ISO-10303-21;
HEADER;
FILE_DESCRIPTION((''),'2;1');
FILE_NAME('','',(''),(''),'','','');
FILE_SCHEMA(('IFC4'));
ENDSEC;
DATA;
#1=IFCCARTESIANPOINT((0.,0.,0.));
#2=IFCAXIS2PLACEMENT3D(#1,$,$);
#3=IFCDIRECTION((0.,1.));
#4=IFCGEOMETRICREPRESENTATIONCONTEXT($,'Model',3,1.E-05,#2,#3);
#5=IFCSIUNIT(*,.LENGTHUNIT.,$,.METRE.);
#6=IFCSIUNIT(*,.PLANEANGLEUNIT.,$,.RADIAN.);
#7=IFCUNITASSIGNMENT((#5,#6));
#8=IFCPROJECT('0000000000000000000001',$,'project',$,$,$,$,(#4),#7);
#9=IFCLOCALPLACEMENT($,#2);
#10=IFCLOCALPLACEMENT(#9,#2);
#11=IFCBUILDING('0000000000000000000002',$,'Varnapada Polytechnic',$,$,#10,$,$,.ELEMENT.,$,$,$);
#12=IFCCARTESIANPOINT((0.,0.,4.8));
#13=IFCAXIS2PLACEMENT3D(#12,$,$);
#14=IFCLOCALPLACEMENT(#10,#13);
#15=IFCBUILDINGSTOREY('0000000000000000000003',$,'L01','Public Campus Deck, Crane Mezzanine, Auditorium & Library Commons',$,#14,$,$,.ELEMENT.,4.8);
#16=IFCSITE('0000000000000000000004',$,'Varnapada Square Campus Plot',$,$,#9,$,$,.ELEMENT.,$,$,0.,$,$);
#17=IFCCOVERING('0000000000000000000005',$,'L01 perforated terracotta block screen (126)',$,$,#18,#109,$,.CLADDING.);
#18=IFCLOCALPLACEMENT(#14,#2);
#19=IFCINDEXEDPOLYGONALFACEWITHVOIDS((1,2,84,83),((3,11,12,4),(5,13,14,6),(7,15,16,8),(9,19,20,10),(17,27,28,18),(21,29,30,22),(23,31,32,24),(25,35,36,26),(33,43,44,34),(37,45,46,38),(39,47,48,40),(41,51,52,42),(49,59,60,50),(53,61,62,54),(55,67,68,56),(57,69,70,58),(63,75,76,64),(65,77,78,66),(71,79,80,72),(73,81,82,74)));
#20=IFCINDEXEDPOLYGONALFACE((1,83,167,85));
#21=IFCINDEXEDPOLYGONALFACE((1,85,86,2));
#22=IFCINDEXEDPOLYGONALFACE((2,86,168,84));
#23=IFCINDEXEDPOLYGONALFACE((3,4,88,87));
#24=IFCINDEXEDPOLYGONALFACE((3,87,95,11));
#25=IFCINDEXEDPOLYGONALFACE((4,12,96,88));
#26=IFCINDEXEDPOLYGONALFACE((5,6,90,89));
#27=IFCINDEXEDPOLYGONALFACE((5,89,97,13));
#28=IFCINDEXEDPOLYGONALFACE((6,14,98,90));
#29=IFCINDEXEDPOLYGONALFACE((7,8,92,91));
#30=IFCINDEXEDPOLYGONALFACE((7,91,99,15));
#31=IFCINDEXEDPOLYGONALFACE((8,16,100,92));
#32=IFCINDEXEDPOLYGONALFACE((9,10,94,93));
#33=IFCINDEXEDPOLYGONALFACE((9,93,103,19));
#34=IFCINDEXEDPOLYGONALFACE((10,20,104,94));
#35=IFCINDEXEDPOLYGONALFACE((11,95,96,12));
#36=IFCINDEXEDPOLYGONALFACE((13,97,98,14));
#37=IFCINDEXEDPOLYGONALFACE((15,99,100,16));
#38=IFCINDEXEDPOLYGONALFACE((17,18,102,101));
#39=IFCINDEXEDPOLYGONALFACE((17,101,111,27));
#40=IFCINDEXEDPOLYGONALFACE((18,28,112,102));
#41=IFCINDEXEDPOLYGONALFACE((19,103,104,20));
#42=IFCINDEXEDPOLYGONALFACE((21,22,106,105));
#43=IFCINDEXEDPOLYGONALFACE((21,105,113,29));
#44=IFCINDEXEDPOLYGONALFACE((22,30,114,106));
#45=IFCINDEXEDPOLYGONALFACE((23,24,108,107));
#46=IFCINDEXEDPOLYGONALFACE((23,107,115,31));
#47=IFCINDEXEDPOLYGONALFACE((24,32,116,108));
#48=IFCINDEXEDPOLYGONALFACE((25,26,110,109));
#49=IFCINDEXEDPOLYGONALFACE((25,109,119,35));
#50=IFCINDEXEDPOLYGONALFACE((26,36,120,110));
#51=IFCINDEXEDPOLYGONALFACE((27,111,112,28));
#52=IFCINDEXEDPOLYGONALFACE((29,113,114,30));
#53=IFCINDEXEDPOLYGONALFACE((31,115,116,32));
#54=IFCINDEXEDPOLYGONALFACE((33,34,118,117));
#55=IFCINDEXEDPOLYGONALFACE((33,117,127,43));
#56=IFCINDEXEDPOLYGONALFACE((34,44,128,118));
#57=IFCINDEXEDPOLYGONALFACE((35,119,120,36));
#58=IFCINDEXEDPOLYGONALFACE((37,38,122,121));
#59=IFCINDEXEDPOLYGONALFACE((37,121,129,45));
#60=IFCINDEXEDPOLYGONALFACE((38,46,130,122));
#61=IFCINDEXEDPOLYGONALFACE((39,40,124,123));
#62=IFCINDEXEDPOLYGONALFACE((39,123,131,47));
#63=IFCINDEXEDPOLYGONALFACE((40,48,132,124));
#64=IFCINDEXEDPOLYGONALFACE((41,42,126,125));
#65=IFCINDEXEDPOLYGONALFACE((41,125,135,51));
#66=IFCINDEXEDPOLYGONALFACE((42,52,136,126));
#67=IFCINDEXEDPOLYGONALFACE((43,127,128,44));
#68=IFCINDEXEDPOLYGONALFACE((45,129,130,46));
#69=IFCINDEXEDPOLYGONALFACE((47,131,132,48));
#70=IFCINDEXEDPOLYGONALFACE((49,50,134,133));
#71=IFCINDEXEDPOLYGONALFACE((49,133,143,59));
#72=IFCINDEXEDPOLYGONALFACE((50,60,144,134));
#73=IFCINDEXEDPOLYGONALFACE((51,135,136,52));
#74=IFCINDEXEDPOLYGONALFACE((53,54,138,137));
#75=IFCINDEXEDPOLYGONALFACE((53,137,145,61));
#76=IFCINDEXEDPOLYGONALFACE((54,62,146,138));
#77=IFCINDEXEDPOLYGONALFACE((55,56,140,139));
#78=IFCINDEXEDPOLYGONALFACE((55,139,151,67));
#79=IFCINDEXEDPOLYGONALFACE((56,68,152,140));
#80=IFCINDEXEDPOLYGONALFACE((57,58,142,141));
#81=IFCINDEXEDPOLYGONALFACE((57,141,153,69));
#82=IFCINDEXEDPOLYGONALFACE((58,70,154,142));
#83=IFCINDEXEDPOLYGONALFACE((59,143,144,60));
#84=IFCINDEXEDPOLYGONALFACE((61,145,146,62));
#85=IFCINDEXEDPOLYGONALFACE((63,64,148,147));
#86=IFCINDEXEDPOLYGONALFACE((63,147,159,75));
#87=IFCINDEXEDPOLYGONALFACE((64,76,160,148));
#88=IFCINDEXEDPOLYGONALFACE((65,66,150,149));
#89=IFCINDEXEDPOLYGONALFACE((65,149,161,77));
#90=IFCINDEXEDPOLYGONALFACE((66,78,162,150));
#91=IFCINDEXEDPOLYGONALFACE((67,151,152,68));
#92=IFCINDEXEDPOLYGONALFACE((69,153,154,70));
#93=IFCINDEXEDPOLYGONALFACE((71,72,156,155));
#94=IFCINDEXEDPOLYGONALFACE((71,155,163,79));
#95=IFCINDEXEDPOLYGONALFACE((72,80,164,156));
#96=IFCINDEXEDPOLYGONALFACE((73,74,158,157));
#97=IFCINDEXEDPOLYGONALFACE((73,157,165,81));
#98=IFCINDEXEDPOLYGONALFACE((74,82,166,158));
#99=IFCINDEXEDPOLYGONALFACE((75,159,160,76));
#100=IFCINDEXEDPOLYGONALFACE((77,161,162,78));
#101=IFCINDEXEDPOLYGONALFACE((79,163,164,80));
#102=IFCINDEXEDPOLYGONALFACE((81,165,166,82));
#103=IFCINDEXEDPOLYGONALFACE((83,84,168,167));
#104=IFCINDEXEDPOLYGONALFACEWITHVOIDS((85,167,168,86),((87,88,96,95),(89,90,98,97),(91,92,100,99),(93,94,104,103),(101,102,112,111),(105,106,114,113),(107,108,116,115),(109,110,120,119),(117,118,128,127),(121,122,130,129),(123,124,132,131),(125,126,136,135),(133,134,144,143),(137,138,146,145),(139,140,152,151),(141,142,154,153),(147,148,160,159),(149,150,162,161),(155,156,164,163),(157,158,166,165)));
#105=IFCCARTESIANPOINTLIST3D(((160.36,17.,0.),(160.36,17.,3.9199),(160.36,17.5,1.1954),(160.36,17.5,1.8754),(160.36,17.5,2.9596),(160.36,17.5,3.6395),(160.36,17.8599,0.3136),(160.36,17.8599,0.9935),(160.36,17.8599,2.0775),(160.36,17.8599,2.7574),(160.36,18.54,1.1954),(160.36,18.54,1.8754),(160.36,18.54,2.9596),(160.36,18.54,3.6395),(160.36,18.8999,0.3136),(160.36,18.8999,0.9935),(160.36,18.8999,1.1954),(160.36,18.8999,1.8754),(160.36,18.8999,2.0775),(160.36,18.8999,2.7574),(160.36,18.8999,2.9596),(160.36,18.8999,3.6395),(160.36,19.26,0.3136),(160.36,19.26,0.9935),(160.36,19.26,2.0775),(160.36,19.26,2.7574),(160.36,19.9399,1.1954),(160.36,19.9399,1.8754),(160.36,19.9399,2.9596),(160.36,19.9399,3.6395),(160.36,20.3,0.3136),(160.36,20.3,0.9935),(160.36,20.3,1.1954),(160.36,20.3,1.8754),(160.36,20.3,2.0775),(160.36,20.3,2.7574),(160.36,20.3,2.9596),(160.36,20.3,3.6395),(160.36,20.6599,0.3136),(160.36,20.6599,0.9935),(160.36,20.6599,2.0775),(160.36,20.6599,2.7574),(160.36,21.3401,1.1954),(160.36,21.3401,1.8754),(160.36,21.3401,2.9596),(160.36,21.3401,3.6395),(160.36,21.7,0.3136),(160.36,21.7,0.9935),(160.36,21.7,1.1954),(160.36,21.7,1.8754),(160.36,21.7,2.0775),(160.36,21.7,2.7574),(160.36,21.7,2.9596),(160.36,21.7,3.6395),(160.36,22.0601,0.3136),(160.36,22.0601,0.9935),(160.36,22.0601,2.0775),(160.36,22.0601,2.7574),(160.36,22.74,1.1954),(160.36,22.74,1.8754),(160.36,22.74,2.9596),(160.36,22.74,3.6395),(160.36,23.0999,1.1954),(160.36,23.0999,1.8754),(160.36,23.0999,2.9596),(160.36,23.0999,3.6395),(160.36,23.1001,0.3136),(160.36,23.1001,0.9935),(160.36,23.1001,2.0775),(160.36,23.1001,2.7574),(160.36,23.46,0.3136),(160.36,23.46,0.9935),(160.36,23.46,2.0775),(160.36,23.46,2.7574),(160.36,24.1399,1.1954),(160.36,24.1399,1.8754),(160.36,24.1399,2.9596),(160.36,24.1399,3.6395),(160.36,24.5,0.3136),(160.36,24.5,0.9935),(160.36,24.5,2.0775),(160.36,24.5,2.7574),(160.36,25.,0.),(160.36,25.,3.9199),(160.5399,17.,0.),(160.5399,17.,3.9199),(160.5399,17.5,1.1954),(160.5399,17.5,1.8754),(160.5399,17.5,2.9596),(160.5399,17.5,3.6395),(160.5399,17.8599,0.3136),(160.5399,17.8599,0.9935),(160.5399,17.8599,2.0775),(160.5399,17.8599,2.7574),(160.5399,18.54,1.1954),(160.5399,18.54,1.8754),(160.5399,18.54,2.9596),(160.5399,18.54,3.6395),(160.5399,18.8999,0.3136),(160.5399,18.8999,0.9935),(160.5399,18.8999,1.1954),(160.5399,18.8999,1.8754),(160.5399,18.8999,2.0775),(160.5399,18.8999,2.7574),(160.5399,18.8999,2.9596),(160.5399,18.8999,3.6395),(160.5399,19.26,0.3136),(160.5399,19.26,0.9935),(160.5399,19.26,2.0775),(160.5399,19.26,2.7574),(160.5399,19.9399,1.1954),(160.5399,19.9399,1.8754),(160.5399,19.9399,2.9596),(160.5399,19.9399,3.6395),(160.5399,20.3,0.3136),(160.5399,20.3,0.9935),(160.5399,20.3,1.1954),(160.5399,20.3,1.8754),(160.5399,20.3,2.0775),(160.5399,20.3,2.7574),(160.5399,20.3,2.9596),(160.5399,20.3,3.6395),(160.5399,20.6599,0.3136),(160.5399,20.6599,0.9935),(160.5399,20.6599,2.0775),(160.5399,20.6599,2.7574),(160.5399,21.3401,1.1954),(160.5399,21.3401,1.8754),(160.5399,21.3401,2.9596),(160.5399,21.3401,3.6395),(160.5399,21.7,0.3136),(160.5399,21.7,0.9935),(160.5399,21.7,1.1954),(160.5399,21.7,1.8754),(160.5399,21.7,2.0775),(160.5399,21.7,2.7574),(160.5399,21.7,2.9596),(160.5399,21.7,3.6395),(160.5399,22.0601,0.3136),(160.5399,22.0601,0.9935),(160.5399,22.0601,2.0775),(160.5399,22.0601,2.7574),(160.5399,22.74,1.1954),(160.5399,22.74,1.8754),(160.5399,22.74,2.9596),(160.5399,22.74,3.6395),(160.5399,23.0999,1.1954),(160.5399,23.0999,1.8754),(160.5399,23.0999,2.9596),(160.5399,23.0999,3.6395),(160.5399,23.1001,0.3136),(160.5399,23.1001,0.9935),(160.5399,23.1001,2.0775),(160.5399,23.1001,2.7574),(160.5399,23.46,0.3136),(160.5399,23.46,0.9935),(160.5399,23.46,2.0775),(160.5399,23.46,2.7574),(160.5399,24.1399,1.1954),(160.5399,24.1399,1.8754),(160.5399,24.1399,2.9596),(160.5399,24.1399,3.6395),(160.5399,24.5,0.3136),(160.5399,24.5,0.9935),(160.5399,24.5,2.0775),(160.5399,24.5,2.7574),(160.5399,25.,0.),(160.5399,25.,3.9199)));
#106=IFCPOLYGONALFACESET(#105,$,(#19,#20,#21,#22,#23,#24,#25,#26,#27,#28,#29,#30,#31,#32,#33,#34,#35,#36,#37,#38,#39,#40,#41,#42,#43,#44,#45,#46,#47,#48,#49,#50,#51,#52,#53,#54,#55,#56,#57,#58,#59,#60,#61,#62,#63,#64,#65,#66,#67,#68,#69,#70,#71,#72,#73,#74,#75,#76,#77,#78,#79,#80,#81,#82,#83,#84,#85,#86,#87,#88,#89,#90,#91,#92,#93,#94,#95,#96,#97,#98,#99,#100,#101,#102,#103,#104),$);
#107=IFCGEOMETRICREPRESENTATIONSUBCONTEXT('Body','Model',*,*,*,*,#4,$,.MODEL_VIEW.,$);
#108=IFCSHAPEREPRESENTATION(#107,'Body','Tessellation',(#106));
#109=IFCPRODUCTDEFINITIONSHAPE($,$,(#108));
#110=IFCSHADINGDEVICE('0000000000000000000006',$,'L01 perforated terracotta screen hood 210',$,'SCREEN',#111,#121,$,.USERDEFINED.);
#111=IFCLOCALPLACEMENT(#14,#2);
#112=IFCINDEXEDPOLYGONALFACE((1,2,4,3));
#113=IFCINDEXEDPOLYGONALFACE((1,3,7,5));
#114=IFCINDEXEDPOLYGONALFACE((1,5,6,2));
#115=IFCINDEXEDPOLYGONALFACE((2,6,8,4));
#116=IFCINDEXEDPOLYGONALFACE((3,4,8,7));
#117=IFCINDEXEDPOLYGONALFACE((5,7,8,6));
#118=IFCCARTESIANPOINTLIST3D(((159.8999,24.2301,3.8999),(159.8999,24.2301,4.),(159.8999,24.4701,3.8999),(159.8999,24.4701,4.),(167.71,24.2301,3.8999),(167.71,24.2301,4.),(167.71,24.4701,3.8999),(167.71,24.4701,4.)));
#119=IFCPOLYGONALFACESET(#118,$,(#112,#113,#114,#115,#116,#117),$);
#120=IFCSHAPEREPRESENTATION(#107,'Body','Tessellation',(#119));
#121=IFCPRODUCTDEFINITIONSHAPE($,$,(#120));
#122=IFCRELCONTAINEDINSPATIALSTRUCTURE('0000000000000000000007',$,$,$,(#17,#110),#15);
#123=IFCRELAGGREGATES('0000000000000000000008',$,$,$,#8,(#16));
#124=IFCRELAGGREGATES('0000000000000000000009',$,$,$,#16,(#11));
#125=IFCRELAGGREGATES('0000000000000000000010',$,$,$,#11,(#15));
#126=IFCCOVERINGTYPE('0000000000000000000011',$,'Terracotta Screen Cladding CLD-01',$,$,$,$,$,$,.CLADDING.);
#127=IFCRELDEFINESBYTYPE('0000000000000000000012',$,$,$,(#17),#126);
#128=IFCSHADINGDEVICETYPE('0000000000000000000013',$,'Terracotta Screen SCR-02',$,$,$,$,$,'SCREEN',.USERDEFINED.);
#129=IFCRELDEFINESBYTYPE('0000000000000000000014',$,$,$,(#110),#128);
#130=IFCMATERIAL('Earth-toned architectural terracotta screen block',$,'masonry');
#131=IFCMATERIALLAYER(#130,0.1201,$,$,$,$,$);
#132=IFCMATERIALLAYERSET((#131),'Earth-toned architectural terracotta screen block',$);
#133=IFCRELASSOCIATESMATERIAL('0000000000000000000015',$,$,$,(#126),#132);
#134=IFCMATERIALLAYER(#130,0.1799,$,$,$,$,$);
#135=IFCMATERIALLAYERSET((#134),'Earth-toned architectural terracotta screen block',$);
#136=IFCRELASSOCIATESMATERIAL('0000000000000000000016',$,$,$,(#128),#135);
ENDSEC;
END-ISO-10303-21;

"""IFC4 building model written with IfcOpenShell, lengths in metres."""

from ifc_helpers import new_model, si_unit, direction, frame, frame_2d, origin, origin_2d, place, context, subcontext, project, spatial, rectangle, extrude, material, layer, layer_set, type_object, element, save


model = new_model("IFC4")

# Units and contexts
model_context = context("Model", 3, precision=1e-05, world=origin(), true_north=direction((0.0, 1.0)))
body_context = subcontext(model_context, "Body", "Model", "MODEL_VIEW")
ifc_project = project(units=[si_unit("LENGTHUNIT", "METRE"), si_unit("PLANEANGLEUNIT", "RADIAN")], contexts=[model_context])

# Site, building, storey
site_placement = place(None, origin())
site = spatial("IfcSite", under=ifc_project, at=site_placement, Name="Varnapada Square Campus Plot", CompositionType="ELEMENT", RefElevation=0.0)
building_placement = place(site_placement, origin())
building = spatial("IfcBuilding", under=site, at=building_placement, Name="Varnapada Polytechnic", CompositionType="ELEMENT")
storey_placement = place(building_placement, frame((0.0, 0.0, 4.8)))
storey = spatial("IfcBuildingStorey", under=building, at=storey_placement, Name="L01", Description="Public Campus Deck, Crane Mezzanine, Auditorium & Library Commons", CompositionType="ELEMENT", Elevation=4.8)

# Covering, openings
ifc_material_1 = material(Name="Earth-toned architectural terracotta screen block", Category="masonry")
ifc_layer_1 = layer(ifc_material_1, 0.1201)
ifc_layer_set_1 = layer_set([ifc_layer_1], Name="Earth-toned architectural terracotta screen block")
covering_type = type_object("IfcCoveringType", Name="Terracotta Screen Cladding CLD-01", PredefinedType="CLADDING", material=ifc_layer_set_1)
covering_placement = place(storey_placement, frame((160.45, 25.0, 0.0), z_axis=(0.0, 0.0, 1.0), x_axis=(0.0, -1.0, 0.0)))
covering = element("IfcCovering", 1, at=covering_placement, inside=storey, type_object=covering_type, Name="L01 perforated terracotta block screen (126)", PredefinedType="CLADDING", context=body_context, shape_type="SweptSolid", body=[
    extrude(rectangle(XDim=8.0, YDim=0.1799, at=frame_2d((4.0, 0.0))), origin(), (0.0, 0.0, 1.0), 3.9199),
])
opening_1_placement = place(covering_placement, frame((0.5, 0.0, 0.3137)))
element("IfcOpeningElement", 2, at=opening_1_placement, cuts=covering, PredefinedType="OPENING", context=body_context, shape_type="SweptSolid", body=[
    extrude(rectangle(XDim=1.04, YDim=0.6799, at=frame_2d((0.52, 0.3398))), frame((0.0, 0.0999, 0.0), z_axis=(0.0, -1.0, 0.0), x_axis=(1.0, 0.0, 0.0)), (0.0, 0.0, 1.0), 0.2),
])
opening_2_placement = place(covering_placement, frame((1.8999, 0.0, 0.3137)))
element("IfcOpeningElement", 3, at=opening_2_placement, cuts=covering, PredefinedType="OPENING", context=body_context, shape_type="SweptSolid", body=[
    extrude(rectangle(XDim=1.04, YDim=0.6799, at=frame_2d((0.52, 0.3398))), frame((0.0, 0.0999, 0.0), z_axis=(0.0, -1.0, 0.0), x_axis=(1.0, 0.0, 0.0)), (0.0, 0.0, 1.0), 0.2),
])
opening_3_placement = place(covering_placement, frame((3.3, 0.0, 0.3137)))
element("IfcOpeningElement", 4, at=opening_3_placement, cuts=covering, PredefinedType="OPENING", context=body_context, shape_type="SweptSolid", body=[
    extrude(rectangle(XDim=1.04, YDim=0.6799, at=frame_2d((0.52, 0.3398))), frame((0.0, 0.0999, 0.0), z_axis=(0.0, -1.0, 0.0), x_axis=(1.0, 0.0, 0.0)), (0.0, 0.0, 1.0), 0.2),
])
opening_4_placement = place(covering_placement, frame((4.7, 0.0, 0.3137)))
element("IfcOpeningElement", 5, at=opening_4_placement, cuts=covering, PredefinedType="OPENING", context=body_context, shape_type="SweptSolid", body=[
    extrude(rectangle(XDim=1.04, YDim=0.6799, at=frame_2d((0.52, 0.3398))), frame((0.0, 0.0999, 0.0), z_axis=(0.0, -1.0, 0.0), x_axis=(1.0, 0.0, 0.0)), (0.0, 0.0, 1.0), 0.2),
])
opening_5_placement = place(covering_placement, frame((6.1001, 0.0, 0.3137)))
element("IfcOpeningElement", 6, at=opening_5_placement, cuts=covering, PredefinedType="OPENING", context=body_context, shape_type="SweptSolid", body=[
    extrude(rectangle(XDim=1.04, YDim=0.6799, at=frame_2d((0.52, 0.3398))), frame((0.0, 0.0999, 0.0), z_axis=(0.0, -1.0, 0.0), x_axis=(1.0, 0.0, 0.0)), (0.0, 0.0, 1.0), 0.2),
])
opening_6_placement = place(covering_placement, frame((0.8601, 0.0, 1.1956)))
element("IfcOpeningElement", 7, at=opening_6_placement, cuts=covering, PredefinedType="OPENING", context=body_context, shape_type="SweptSolid", body=[
    extrude(rectangle(XDim=1.04, YDim=0.6799, at=frame_2d((0.52, 0.3398))), frame((0.0, 0.0999, 0.0), z_axis=(0.0, -1.0, 0.0), x_axis=(1.0, 0.0, 0.0)), (0.0, 0.0, 1.0), 0.2),
])
opening_7_placement = place(covering_placement, frame((2.26, 0.0, 1.1956)))
element("IfcOpeningElement", 8, at=opening_7_placement, cuts=covering, PredefinedType="OPENING", context=body_context, shape_type="SweptSolid", body=[
    extrude(rectangle(XDim=1.04, YDim=0.6799, at=frame_2d((0.52, 0.3398))), frame((0.0, 0.0999, 0.0), z_axis=(0.0, -1.0, 0.0), x_axis=(1.0, 0.0, 0.0)), (0.0, 0.0, 1.0), 0.2),
])
opening_8_placement = place(covering_placement, frame((3.6599, 0.0, 1.1956)))
element("IfcOpeningElement", 9, at=opening_8_placement, cuts=covering, PredefinedType="OPENING", context=body_context, shape_type="SweptSolid", body=[
    extrude(rectangle(XDim=1.04, YDim=0.6799, at=frame_2d((0.52, 0.3398))), frame((0.0, 0.0999, 0.0), z_axis=(0.0, -1.0, 0.0), x_axis=(1.0, 0.0, 0.0)), (0.0, 0.0, 1.0), 0.2),
])
opening_9_placement = place(covering_placement, frame((5.0601, 0.0, 1.1956)))
element("IfcOpeningElement", 10, at=opening_9_placement, cuts=covering, PredefinedType="OPENING", context=body_context, shape_type="SweptSolid", body=[
    extrude(rectangle(XDim=1.04, YDim=0.6799, at=frame_2d((0.52, 0.3398))), frame((0.0, 0.0999, 0.0), z_axis=(0.0, -1.0, 0.0), x_axis=(1.0, 0.0, 0.0)), (0.0, 0.0, 1.0), 0.2),
])
opening_10_placement = place(covering_placement, frame((6.46, 0.0, 1.1956)))
element("IfcOpeningElement", 11, at=opening_10_placement, cuts=covering, PredefinedType="OPENING", context=body_context, shape_type="SweptSolid", body=[
    extrude(rectangle(XDim=1.04, YDim=0.6799, at=frame_2d((0.52, 0.3398))), frame((0.0, 0.0999, 0.0), z_axis=(0.0, -1.0, 0.0), x_axis=(1.0, 0.0, 0.0)), (0.0, 0.0, 1.0), 0.2),
])
opening_11_placement = place(covering_placement, frame((0.5, 0.0, 2.0776)))
element("IfcOpeningElement", 12, at=opening_11_placement, cuts=covering, PredefinedType="OPENING", context=body_context, shape_type="SweptSolid", body=[
    extrude(rectangle(XDim=1.04, YDim=0.6799, at=frame_2d((0.52, 0.3398))), frame((0.0, 0.0999, 0.0), z_axis=(0.0, -1.0, 0.0), x_axis=(1.0, 0.0, 0.0)), (0.0, 0.0, 1.0), 0.2),
])
opening_12_placement = place(covering_placement, frame((1.8999, 0.0, 2.0776)))
element("IfcOpeningElement", 13, at=opening_12_placement, cuts=covering, PredefinedType="OPENING", context=body_context, shape_type="SweptSolid", body=[
    extrude(rectangle(XDim=1.04, YDim=0.6799, at=frame_2d((0.52, 0.3398))), frame((0.0, 0.0999, 0.0), z_axis=(0.0, -1.0, 0.0), x_axis=(1.0, 0.0, 0.0)), (0.0, 0.0, 1.0), 0.2),
])
opening_13_placement = place(covering_placement, frame((3.3, 0.0, 2.0776)))
element("IfcOpeningElement", 14, at=opening_13_placement, cuts=covering, PredefinedType="OPENING", context=body_context, shape_type="SweptSolid", body=[
    extrude(rectangle(XDim=1.04, YDim=0.6799, at=frame_2d((0.52, 0.3398))), frame((0.0, 0.0999, 0.0), z_axis=(0.0, -1.0, 0.0), x_axis=(1.0, 0.0, 0.0)), (0.0, 0.0, 1.0), 0.2),
])
opening_14_placement = place(covering_placement, frame((4.7, 0.0, 2.0776)))
element("IfcOpeningElement", 15, at=opening_14_placement, cuts=covering, PredefinedType="OPENING", context=body_context, shape_type="SweptSolid", body=[
    extrude(rectangle(XDim=1.04, YDim=0.6799, at=frame_2d((0.52, 0.3398))), frame((0.0, 0.0999, 0.0), z_axis=(0.0, -1.0, 0.0), x_axis=(1.0, 0.0, 0.0)), (0.0, 0.0, 1.0), 0.2),
])
opening_15_placement = place(covering_placement, frame((6.1001, 0.0, 2.0776)))
element("IfcOpeningElement", 16, at=opening_15_placement, cuts=covering, PredefinedType="OPENING", context=body_context, shape_type="SweptSolid", body=[
    extrude(rectangle(XDim=1.04, YDim=0.6799, at=frame_2d((0.52, 0.3398))), frame((0.0, 0.0999, 0.0), z_axis=(0.0, -1.0, 0.0), x_axis=(1.0, 0.0, 0.0)), (0.0, 0.0, 1.0), 0.2),
])
opening_16_placement = place(covering_placement, frame((0.8601, 0.0, 2.9597)))
element("IfcOpeningElement", 17, at=opening_16_placement, cuts=covering, PredefinedType="OPENING", context=body_context, shape_type="SweptSolid", body=[
    extrude(rectangle(XDim=1.04, YDim=0.6799, at=frame_2d((0.52, 0.3398))), frame((0.0, 0.0999, 0.0), z_axis=(0.0, -1.0, 0.0), x_axis=(1.0, 0.0, 0.0)), (0.0, 0.0, 1.0), 0.2),
])
opening_17_placement = place(covering_placement, frame((2.26, 0.0, 2.9597)))
element("IfcOpeningElement", 18, at=opening_17_placement, cuts=covering, PredefinedType="OPENING", context=body_context, shape_type="SweptSolid", body=[
    extrude(rectangle(XDim=1.04, YDim=0.6799, at=frame_2d((0.52, 0.3398))), frame((0.0, 0.0999, 0.0), z_axis=(0.0, -1.0, 0.0), x_axis=(1.0, 0.0, 0.0)), (0.0, 0.0, 1.0), 0.2),
])
opening_18_placement = place(covering_placement, frame((3.6599, 0.0, 2.9597)))
element("IfcOpeningElement", 19, at=opening_18_placement, cuts=covering, PredefinedType="OPENING", context=body_context, shape_type="SweptSolid", body=[
    extrude(rectangle(XDim=1.04, YDim=0.6799, at=frame_2d((0.52, 0.3398))), frame((0.0, 0.0999, 0.0), z_axis=(0.0, -1.0, 0.0), x_axis=(1.0, 0.0, 0.0)), (0.0, 0.0, 1.0), 0.2),
])
opening_19_placement = place(covering_placement, frame((5.0601, 0.0, 2.9597)))
element("IfcOpeningElement", 20, at=opening_19_placement, cuts=covering, PredefinedType="OPENING", context=body_context, shape_type="SweptSolid", body=[
    extrude(rectangle(XDim=1.04, YDim=0.6799, at=frame_2d((0.52, 0.3398))), frame((0.0, 0.0999, 0.0), z_axis=(0.0, -1.0, 0.0), x_axis=(1.0, 0.0, 0.0)), (0.0, 0.0, 1.0), 0.2),
])
opening_20_placement = place(covering_placement, frame((6.46, 0.0, 2.9597)))
element("IfcOpeningElement", 21, at=opening_20_placement, cuts=covering, PredefinedType="OPENING", context=body_context, shape_type="SweptSolid", body=[
    extrude(rectangle(XDim=1.04, YDim=0.6799, at=frame_2d((0.52, 0.3398))), frame((0.0, 0.0999, 0.0), z_axis=(0.0, -1.0, 0.0), x_axis=(1.0, 0.0, 0.0)), (0.0, 0.0, 1.0), 0.2),
])

# Shading device
ifc_layer_2 = layer(ifc_material_1, 0.1799)
ifc_layer_set_2 = layer_set([ifc_layer_2], Name="Earth-toned architectural terracotta screen block")
shading_device_type = type_object("IfcShadingDeviceType", Name="Terracotta Screen SCR-02", ElementType="SCREEN", PredefinedType="USERDEFINED", material=ifc_layer_set_2)
shading_device_placement = place(storey_placement, frame((163.8049, 24.3501, 3.8999), z_axis=(0.0, 0.0, 1.0), x_axis=(-1.0, 0.0, 0.0)))
element("IfcShadingDevice", 22, at=shading_device_placement, inside=storey, type_object=shading_device_type, Name="L01 perforated terracotta screen hood 210", ObjectType="SCREEN", PredefinedType="USERDEFINED", context=body_context, shape_type="SweptSolid", body=[
    extrude(rectangle(XDim=7.8101, YDim=0.24, at=origin_2d()), origin(), (0.0, 0.0, 1.0), 0.1001),
])

save(model, "model.ifc")
